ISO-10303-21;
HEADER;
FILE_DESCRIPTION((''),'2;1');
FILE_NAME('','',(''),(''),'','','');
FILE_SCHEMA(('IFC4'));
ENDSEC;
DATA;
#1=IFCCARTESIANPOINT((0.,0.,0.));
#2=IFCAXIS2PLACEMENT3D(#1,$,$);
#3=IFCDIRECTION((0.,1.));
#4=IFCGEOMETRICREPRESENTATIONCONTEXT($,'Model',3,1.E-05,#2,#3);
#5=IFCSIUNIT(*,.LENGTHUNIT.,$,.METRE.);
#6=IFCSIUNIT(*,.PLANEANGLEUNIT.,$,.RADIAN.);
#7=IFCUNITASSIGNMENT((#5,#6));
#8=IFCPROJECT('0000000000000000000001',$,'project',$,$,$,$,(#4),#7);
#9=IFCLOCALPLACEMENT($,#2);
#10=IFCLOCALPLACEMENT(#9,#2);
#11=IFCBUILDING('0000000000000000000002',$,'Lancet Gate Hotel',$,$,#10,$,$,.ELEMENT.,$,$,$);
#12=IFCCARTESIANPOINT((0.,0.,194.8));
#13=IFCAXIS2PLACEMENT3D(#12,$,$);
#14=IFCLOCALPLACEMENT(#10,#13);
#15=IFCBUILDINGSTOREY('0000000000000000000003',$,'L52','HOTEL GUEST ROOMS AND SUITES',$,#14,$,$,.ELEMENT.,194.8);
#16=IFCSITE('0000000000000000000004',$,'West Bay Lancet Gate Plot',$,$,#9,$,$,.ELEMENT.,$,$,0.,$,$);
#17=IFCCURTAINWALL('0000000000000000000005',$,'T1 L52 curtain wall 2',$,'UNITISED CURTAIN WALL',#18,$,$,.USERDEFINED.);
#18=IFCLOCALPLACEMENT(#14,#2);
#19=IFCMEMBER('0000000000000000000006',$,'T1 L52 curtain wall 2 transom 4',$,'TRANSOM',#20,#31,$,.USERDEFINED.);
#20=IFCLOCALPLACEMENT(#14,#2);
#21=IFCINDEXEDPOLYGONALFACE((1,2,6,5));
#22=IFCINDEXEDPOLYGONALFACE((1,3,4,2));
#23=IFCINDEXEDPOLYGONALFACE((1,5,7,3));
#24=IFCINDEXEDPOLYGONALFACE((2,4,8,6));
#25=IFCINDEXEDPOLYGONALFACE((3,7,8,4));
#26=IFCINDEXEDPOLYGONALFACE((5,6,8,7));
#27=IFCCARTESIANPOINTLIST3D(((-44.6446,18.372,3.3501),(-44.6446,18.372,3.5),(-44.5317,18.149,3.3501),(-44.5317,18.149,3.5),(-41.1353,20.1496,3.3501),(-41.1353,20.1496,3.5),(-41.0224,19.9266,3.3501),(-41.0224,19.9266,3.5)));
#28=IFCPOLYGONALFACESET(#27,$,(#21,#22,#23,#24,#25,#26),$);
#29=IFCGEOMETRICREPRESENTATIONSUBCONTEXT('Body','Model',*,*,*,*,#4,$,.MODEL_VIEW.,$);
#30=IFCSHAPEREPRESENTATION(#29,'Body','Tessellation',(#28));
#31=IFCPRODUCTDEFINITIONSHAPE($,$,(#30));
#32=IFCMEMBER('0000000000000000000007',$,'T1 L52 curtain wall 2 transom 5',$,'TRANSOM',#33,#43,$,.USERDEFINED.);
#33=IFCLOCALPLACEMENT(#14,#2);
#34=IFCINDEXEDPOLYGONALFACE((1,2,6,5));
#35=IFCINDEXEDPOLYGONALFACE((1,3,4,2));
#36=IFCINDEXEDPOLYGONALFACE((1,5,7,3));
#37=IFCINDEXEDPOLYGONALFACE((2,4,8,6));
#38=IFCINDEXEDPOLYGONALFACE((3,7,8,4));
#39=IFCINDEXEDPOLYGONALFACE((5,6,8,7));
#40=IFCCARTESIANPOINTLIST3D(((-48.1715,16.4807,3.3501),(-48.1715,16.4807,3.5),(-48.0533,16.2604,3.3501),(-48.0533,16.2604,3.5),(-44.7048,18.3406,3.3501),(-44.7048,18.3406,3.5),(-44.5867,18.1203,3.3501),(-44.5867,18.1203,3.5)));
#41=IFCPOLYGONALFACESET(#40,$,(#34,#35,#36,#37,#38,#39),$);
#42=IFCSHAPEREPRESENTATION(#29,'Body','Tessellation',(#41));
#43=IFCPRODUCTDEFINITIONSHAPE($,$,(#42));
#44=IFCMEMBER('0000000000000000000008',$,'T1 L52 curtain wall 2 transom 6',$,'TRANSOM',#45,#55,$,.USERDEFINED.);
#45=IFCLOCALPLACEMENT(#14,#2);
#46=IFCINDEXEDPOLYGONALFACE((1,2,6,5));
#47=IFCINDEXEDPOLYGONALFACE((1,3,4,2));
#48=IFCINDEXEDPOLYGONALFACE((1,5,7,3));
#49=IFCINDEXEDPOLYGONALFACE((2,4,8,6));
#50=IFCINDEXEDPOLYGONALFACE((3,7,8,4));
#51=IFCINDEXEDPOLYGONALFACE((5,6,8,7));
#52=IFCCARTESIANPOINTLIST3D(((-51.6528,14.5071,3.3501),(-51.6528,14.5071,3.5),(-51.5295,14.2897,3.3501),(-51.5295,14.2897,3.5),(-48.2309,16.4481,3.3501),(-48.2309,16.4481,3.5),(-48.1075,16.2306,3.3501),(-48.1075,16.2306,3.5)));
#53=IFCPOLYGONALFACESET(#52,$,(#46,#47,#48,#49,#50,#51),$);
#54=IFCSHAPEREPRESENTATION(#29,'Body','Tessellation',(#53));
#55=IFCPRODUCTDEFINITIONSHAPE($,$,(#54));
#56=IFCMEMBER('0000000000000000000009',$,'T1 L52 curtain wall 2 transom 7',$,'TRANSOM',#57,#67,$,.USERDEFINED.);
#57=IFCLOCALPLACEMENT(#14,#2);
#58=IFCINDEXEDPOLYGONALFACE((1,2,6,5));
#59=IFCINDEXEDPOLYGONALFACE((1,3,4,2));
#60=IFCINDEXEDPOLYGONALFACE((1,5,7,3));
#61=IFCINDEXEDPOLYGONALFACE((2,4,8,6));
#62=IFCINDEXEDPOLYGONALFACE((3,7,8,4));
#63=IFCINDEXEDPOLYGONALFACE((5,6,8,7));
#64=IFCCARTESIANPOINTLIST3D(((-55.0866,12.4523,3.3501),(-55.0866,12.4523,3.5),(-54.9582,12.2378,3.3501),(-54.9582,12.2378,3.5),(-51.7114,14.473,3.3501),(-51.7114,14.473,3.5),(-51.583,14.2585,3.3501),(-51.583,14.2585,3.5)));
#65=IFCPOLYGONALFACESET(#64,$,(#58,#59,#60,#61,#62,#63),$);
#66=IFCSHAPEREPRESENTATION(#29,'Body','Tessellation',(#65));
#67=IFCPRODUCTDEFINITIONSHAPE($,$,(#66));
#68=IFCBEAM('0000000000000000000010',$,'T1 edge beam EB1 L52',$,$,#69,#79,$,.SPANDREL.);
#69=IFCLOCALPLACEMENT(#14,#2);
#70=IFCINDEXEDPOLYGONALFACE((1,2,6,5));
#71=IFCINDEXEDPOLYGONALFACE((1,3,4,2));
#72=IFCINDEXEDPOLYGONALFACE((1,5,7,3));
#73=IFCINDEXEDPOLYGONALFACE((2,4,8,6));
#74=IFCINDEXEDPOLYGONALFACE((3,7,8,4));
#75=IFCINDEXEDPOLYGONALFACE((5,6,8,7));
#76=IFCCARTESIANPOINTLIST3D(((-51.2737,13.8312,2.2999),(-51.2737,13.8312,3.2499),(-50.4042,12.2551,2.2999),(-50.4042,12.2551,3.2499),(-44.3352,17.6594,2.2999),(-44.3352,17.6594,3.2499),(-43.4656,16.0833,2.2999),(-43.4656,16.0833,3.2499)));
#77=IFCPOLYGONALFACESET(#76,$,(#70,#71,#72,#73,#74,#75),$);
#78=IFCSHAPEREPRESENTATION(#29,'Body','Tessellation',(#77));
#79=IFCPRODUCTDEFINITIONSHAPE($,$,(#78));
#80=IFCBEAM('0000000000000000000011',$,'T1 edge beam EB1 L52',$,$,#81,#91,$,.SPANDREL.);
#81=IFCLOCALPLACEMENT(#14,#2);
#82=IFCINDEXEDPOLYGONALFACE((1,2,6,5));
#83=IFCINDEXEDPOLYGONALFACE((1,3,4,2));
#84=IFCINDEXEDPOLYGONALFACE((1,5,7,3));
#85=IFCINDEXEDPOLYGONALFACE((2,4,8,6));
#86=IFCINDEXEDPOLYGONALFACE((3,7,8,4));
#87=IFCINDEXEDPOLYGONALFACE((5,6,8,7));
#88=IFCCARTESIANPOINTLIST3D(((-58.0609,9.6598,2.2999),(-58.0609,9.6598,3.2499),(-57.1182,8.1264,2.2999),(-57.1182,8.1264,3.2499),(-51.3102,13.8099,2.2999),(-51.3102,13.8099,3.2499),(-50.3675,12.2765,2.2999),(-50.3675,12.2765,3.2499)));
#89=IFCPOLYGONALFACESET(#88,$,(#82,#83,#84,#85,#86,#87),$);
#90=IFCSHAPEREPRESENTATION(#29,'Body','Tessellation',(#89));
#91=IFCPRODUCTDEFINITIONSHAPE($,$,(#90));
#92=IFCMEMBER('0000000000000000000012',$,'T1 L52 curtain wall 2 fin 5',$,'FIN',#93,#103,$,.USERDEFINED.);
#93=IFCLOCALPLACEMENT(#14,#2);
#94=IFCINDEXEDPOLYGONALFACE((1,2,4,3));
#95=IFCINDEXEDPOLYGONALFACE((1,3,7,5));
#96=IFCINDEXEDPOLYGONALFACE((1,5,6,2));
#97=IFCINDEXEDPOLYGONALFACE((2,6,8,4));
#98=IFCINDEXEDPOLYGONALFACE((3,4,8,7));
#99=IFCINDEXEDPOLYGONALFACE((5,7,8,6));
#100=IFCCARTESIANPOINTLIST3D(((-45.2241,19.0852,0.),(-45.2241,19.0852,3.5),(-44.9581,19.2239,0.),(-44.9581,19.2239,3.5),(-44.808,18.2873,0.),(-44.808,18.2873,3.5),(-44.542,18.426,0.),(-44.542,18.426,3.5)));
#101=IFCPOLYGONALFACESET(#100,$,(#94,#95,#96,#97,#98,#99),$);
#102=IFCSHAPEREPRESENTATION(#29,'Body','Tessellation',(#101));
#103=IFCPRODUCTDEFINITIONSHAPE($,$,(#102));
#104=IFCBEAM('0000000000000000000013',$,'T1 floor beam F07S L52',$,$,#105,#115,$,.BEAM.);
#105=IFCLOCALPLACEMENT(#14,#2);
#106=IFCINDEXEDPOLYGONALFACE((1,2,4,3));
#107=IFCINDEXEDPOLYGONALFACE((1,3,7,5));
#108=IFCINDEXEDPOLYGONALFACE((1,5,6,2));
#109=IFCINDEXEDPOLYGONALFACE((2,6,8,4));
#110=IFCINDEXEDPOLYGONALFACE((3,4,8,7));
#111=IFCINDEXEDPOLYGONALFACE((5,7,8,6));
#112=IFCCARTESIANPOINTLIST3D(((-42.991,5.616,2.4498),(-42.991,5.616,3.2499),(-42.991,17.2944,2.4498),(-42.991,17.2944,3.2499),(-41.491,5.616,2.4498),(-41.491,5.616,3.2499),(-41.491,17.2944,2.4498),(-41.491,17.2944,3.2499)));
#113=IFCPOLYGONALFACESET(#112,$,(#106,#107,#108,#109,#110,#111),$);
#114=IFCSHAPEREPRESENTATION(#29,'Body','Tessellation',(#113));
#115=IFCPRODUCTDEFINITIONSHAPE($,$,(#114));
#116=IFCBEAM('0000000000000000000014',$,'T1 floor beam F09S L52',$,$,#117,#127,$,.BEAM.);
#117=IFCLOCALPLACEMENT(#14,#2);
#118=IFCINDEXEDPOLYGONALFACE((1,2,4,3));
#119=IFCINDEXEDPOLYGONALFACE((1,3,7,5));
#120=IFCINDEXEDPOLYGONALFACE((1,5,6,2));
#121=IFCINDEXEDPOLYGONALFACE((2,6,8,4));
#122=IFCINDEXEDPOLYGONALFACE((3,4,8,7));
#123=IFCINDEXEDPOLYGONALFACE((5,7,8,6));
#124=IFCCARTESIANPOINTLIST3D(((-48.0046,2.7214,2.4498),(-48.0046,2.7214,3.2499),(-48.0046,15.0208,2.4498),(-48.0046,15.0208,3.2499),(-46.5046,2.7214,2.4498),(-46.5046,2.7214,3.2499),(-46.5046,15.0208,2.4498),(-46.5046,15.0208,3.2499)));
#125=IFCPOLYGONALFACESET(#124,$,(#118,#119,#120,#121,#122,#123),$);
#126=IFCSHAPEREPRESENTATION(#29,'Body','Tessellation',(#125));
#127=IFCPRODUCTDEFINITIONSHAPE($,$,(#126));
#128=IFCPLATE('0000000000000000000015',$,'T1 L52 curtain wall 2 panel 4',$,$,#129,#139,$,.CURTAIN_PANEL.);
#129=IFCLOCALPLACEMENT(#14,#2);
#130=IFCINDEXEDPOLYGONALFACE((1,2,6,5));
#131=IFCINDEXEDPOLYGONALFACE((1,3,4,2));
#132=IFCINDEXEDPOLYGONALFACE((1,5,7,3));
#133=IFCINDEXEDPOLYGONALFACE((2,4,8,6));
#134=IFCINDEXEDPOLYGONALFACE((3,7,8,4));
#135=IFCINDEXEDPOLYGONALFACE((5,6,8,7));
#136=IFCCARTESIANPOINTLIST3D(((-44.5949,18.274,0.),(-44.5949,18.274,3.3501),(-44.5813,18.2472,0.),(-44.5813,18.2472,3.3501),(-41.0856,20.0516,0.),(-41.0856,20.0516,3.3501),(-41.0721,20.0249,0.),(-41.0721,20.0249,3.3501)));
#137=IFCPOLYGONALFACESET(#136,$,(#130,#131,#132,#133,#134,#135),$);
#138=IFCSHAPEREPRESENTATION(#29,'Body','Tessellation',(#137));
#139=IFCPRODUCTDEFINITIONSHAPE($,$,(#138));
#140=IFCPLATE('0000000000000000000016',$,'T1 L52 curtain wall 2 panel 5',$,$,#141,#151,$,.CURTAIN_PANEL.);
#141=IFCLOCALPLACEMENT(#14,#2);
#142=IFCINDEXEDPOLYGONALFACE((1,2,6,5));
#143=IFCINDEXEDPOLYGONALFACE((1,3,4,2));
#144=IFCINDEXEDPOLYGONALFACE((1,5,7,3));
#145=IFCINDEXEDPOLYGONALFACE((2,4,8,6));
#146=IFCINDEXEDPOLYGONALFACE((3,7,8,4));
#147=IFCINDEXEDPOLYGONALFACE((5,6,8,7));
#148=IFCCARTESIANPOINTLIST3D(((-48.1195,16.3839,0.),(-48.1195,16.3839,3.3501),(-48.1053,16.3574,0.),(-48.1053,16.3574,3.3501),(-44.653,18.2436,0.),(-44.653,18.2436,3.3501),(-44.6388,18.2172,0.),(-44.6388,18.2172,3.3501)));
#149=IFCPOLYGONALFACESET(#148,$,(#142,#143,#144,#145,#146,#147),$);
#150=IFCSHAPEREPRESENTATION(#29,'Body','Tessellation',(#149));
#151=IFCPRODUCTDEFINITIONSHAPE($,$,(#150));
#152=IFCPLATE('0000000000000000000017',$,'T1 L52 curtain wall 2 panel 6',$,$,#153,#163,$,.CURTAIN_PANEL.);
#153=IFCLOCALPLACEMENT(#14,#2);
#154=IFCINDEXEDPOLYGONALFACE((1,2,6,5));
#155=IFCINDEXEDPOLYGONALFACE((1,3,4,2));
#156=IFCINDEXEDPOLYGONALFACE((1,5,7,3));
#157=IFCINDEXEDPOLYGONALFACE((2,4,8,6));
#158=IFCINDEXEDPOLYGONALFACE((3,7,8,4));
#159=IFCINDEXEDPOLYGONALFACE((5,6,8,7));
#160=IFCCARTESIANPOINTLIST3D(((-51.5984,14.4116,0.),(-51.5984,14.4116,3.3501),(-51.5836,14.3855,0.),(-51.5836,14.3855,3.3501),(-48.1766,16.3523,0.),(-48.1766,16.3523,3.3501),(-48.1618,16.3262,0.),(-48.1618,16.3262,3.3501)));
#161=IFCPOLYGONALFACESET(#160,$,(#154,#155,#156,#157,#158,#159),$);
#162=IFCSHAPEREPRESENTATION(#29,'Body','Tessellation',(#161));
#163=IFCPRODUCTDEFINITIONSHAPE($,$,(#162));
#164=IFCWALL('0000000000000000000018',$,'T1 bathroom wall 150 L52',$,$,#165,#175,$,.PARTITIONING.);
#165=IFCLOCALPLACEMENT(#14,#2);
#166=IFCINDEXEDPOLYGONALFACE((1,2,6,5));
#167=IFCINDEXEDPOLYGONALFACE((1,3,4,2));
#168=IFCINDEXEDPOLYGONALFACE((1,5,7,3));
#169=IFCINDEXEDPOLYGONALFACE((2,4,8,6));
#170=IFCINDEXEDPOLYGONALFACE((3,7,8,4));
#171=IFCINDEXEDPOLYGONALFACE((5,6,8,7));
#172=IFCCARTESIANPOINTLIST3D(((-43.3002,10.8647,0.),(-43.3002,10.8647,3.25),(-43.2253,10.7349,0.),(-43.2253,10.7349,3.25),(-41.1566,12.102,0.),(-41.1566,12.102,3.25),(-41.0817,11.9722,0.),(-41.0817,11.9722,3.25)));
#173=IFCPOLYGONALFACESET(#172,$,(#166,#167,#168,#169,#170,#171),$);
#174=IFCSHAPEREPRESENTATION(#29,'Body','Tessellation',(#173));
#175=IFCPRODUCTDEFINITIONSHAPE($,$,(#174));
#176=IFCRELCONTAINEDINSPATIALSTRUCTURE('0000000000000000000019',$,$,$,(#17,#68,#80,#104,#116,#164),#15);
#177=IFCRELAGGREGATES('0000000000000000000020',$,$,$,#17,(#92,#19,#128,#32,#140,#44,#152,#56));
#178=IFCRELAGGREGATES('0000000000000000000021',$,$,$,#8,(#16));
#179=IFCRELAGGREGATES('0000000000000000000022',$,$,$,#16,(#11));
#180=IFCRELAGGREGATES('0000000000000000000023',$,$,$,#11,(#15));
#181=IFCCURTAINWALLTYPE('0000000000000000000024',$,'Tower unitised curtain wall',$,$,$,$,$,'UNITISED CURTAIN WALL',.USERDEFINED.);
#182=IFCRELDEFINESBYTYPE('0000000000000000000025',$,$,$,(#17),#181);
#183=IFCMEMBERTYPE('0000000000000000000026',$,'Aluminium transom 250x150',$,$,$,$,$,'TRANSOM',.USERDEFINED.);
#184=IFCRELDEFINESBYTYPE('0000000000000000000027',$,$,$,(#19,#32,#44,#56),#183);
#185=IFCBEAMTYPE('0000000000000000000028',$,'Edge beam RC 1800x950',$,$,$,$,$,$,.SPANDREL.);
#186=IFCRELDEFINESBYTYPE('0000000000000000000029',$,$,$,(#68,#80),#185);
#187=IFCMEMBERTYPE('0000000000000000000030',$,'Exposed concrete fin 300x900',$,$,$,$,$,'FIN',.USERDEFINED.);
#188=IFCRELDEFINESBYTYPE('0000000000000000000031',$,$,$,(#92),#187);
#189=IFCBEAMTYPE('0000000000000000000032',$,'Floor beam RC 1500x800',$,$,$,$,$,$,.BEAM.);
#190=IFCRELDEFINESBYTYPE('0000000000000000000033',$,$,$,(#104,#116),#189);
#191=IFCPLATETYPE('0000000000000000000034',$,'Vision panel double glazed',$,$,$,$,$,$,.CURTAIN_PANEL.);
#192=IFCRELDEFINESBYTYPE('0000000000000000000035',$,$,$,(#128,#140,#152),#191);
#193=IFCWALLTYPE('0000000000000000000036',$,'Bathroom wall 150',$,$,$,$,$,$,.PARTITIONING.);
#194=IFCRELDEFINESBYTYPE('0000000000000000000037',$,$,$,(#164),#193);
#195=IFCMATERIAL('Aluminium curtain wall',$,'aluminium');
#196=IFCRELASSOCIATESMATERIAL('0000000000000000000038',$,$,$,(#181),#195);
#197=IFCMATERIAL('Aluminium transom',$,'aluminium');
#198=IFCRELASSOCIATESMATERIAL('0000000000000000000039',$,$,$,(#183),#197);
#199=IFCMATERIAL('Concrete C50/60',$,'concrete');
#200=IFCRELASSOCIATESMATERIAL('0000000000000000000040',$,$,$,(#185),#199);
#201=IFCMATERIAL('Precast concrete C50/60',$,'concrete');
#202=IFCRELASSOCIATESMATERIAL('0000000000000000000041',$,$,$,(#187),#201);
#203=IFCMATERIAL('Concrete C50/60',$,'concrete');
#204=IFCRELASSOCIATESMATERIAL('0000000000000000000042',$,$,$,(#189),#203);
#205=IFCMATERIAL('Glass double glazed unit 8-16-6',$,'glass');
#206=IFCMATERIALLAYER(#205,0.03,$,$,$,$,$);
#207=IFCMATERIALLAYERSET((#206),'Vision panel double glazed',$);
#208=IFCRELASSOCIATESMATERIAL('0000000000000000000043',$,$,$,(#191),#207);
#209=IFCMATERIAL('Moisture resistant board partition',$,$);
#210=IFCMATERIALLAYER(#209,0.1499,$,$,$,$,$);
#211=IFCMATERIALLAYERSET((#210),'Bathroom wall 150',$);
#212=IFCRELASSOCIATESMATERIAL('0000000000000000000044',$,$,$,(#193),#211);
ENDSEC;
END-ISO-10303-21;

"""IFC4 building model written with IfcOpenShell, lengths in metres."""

from ifc_helpers import new_model, si_unit, direction, frame, frame_2d, origin, origin_2d, place, context, subcontext, project, spatial, rectangle, extrude, material, layer, layer_set, material_profile, profile_set, type_object, element, aggregate, save


model = new_model("IFC4")

# Units and contexts
model_context = context("Model", 3, precision=1e-05, world=origin(), true_north=direction((0.0, 1.0)))
body_context = subcontext(model_context, "Body", "Model", "MODEL_VIEW")
ifc_project = project(units=[si_unit("LENGTHUNIT", "METRE"), si_unit("PLANEANGLEUNIT", "RADIAN")], contexts=[model_context])

# Site, building, storey
site_placement = place(None, origin())
site = spatial("IfcSite", under=ifc_project, at=site_placement, Name="West Bay Lancet Gate Plot", CompositionType="ELEMENT", RefElevation=0.0)
building_placement = place(site_placement, origin())
building = spatial("IfcBuilding", under=site, at=building_placement, Name="Lancet Gate Hotel", CompositionType="ELEMENT")
storey_placement = place(building_placement, frame((0.0, 0.0, 194.8)))
storey = spatial("IfcBuildingStorey", under=building, at=storey_placement, Name="L52", Description="HOTEL GUEST ROOMS AND SUITES", CompositionType="ELEMENT", Elevation=194.8)

# Curtain wall, members
ifc_material_1 = material(Name="Aluminium curtain wall", Category="aluminium")
curtain_wall_type = type_object("IfcCurtainWallType", Name="Tower unitised curtain wall", ElementType="UNITISED CURTAIN WALL", PredefinedType="USERDEFINED", material=ifc_material_1)
curtain_wall_placement = place(storey_placement, origin())
curtain_wall = element("IfcCurtainWall", 1, at=curtain_wall_placement, inside=storey, type_object=curtain_wall_type, Name="T1 L52 curtain wall 2", ObjectType="UNITISED CURTAIN WALL", PredefinedType="USERDEFINED")
ifc_material_2 = material(Name="Aluminium transom", Category="aluminium")
ifc_material_profile_1 = material_profile(ifc_material_2, rectangle(XDim=0.25, YDim=0.1499, at=origin_2d()), Name="TRANSOM 250x150")
ifc_profile_set_1 = profile_set([ifc_material_profile_1], Name="Aluminium transom")
member_type_1 = type_object("IfcMemberType", Name="Aluminium transom 250x150", ElementType="TRANSOM", PredefinedType="USERDEFINED", material=ifc_profile_set_1)
member_1_placement = place(storey_placement, frame((-41.0789, 20.0381, 3.425), z_axis=(-0.892081, -0.451875, 0.0), x_axis=(0.451875, -0.892081, 0.0)))
member_1 = element("IfcMember", 2, at=member_1_placement, type_object=member_type_1, Name="T1 L52 curtain wall 2 transom 4", ObjectType="TRANSOM", PredefinedType="USERDEFINED", context=body_context, shape_type="SweptSolid", body=[
    extrude(rectangle(XDim=0.25, YDim=0.1499, at=origin_2d()), origin(), (0.0, 0.0, 1.0), 3.9338),
])
member_2_placement = place(storey_placement, frame((-44.6458, 18.2305, 3.425), z_axis=(-0.881185, -0.472771, 0.0), x_axis=(0.472771, -0.881185, 0.0)))
member_2 = element("IfcMember", 3, at=member_2_placement, type_object=member_type_1, Name="T1 L52 curtain wall 2 transom 5", ObjectType="TRANSOM", PredefinedType="USERDEFINED", context=body_context, shape_type="SweptSolid", body=[
    extrude(rectangle(XDim=0.25, YDim=0.1499, at=origin_2d()), origin(), (0.0, 0.0, 1.0), 3.9341),
])
member_3_placement = place(storey_placement, frame((-48.1692, 16.3394, 3.425), z_axis=(-0.86982, -0.49337, 0.0), x_axis=(0.49337, -0.86982, 0.0)))
member_3 = element("IfcMember", 4, at=member_3_placement, type_object=member_type_1, Name="T1 L52 curtain wall 2 transom 6", ObjectType="TRANSOM", PredefinedType="USERDEFINED", context=body_context, shape_type="SweptSolid", body=[
    extrude(rectangle(XDim=0.25, YDim=0.1499, at=origin_2d()), origin(), (0.0, 0.0, 1.0), 3.9341),
])
member_4_placement = place(storey_placement, frame((-51.6472, 14.3657, 3.425), z_axis=(-0.857985, -0.513674, 0.0), x_axis=(0.513674, -0.857985, 0.0)))
member_4 = element("IfcMember", 5, at=member_4_placement, type_object=member_type_1, Name="T1 L52 curtain wall 2 transom 7", ObjectType="TRANSOM", PredefinedType="USERDEFINED", context=body_context, shape_type="SweptSolid", body=[
    extrude(rectangle(XDim=0.25, YDim=0.1499, at=origin_2d()), origin(), (0.0, 0.0, 1.0), 3.9338),
])

# Beams
ifc_material_3 = material(Name="Concrete C50/60", Category="concrete")
ifc_material_profile_2 = material_profile(ifc_material_3, rectangle(XDim=1.8, YDim=0.95, at=origin_2d()), Name="RC 1800x950")
ifc_profile_set_2 = profile_set([ifc_material_profile_2], Name="Concrete C50/60")
beam_type_1 = type_object("IfcBeamType", Name="Edge beam RC 1800x950", PredefinedType="SPANDREL", material=ifc_profile_set_2)
beam_1_placement = place(storey_placement, frame((-43.9004, 16.8713, 2.7749), z_axis=(-0.875578, -0.483077, 0.0), x_axis=(0.483077, -0.875578, 0.0)))
element("IfcBeam", 6, at=beam_1_placement, inside=storey, type_object=beam_type_1, Name="T1 edge beam EB1 L52", PredefinedType="SPANDREL", context=body_context, shape_type="SweptSolid", body=[
    extrude(rectangle(XDim=1.8, YDim=0.95, at=origin_2d()), origin(), (0.0, 0.0, 1.0), 7.9246),
])
beam_2_placement = place(storey_placement, frame((-50.8389, 13.0432, 2.7749), z_axis=(-0.851892, -0.523717, 0.0), x_axis=(0.523717, -0.851892, 0.0)))
element("IfcBeam", 7, at=beam_2_placement, inside=storey, type_object=beam_type_1, Name="T1 edge beam EB1 L52", PredefinedType="SPANDREL", context=body_context, shape_type="SweptSolid", body=[
    extrude(rectangle(XDim=1.8, YDim=0.95, at=origin_2d()), origin(), (0.0, 0.0, 1.0), 7.9243),
])

# Member
ifc_material_4 = material(Name="Precast concrete C50/60", Category="concrete")
ifc_material_profile_3 = material_profile(ifc_material_4, rectangle(XDim=0.3, YDim=0.8999, at=origin_2d()), Name="FIN 300x900")
ifc_profile_set_3 = profile_set([ifc_material_profile_3], Name="Precast concrete C50/60")
member_type_2 = type_object("IfcMemberType", Name="Exposed concrete fin 300x900", ElementType="FIN", PredefinedType="USERDEFINED", material=ifc_profile_set_3)
member_5_placement = place(storey_placement, frame((-44.8831, 18.7556, 0.0), z_axis=(0.0, 0.0, 1.0), x_axis=(-0.886694, -0.462356, 0.0)))
member_5 = element("IfcMember", 8, at=member_5_placement, type_object=member_type_2, Name="T1 L52 curtain wall 2 fin 5", ObjectType="FIN", PredefinedType="USERDEFINED", context=body_context, shape_type="SweptSolid", body=[
    extrude(rectangle(XDim=0.3, YDim=0.8999, at=origin_2d()), origin(), (0.0, 0.0, 1.0), 3.5),
])

# Beams
ifc_material_5 = material(Name="Concrete C50/60", Category="concrete")
ifc_material_profile_4 = material_profile(ifc_material_5, rectangle(XDim=1.5, YDim=0.8, at=origin_2d()), Name="RC 1500x800")
ifc_profile_set_4 = profile_set([ifc_material_profile_4], Name="Concrete C50/60")
beam_type_2 = type_object("IfcBeamType", Name="Floor beam RC 1500x800", PredefinedType="BEAM", material=ifc_profile_set_4)
beam_3_placement = place(storey_placement, frame((-42.241, 17.2944, 2.8499), z_axis=(0.0, -1.0, 0.0), x_axis=(1.0, 0.0, 0.0)))
element("IfcBeam", 9, at=beam_3_placement, inside=storey, type_object=beam_type_2, Name="T1 floor beam F07S L52", PredefinedType="BEAM", context=body_context, shape_type="SweptSolid", body=[
    extrude(rectangle(XDim=1.5, YDim=0.8, at=origin_2d()), origin(), (0.0, 0.0, 1.0), 11.6785),
])
beam_4_placement = place(storey_placement, frame((-47.2546, 15.0208, 2.8499), z_axis=(0.0, -1.0, 0.0), x_axis=(1.0, 0.0, 0.0)))
element("IfcBeam", 10, at=beam_4_placement, inside=storey, type_object=beam_type_2, Name="T1 floor beam F09S L52", PredefinedType="BEAM", context=body_context, shape_type="SweptSolid", body=[
    extrude(rectangle(XDim=1.5, YDim=0.8, at=origin_2d()), origin(), (0.0, 0.0, 1.0), 12.2993),
])

# Plates
ifc_material_6 = material(Name="Glass double glazed unit 8-16-6", Category="glass")
ifc_layer_1 = layer(ifc_material_6, 0.03)
ifc_layer_set_1 = layer_set([ifc_layer_1], Name="Vision panel double glazed")
plate_type = type_object("IfcPlateType", Name="Vision panel double glazed", PredefinedType="CURTAIN_PANEL", material=ifc_layer_set_1)
plate_1_placement = place(storey_placement, frame((-42.8335, 19.1494, 0.0), z_axis=(0.0, 0.0, 1.0), x_axis=(-0.892071, -0.451895, 0.0)))
plate_1 = element("IfcPlate", 11, at=plate_1_placement, type_object=plate_type, Name="T1 L52 curtain wall 2 panel 4", PredefinedType="CURTAIN_PANEL", context=body_context, shape_type="SweptSolid", body=[
    extrude(rectangle(XDim=3.9338, YDim=0.03, at=origin_2d()), origin(), (0.0, 0.0, 1.0), 3.3501),
])
plate_2_placement = place(storey_placement, frame((-46.3792, 17.3005, 0.0), z_axis=(0.0, 0.0, 1.0), x_axis=(-0.881195, -0.472753, 0.0)))
plate_2 = element("IfcPlate", 12, at=plate_2_placement, type_object=plate_type, Name="T1 L52 curtain wall 2 panel 5", PredefinedType="CURTAIN_PANEL", context=body_context, shape_type="SweptSolid", body=[
    extrude(rectangle(XDim=3.9338, YDim=0.03, at=origin_2d()), origin(), (0.0, 0.0, 1.0), 3.3501),
])
plate_3_placement = place(storey_placement, frame((-49.8801, 15.3689, 0.0), z_axis=(0.0, 0.0, 1.0), x_axis=(-0.869831, -0.493349, 0.0)))
plate_3 = element("IfcPlate", 13, at=plate_3_placement, type_object=plate_type, Name="T1 L52 curtain wall 2 panel 6", PredefinedType="CURTAIN_PANEL", context=body_context, shape_type="SweptSolid", body=[
    extrude(rectangle(XDim=3.9338, YDim=0.03, at=origin_2d()), origin(), (0.0, 0.0, 1.0), 3.3501),
])
aggregate(curtain_wall, [member_5, member_1, plate_1, member_2, plate_2, member_3, plate_3, member_4])

# Wall
ifc_material_7 = material(Name="Moisture resistant board partition")
ifc_layer_2 = layer(ifc_material_7, 0.1499)
ifc_layer_set_2 = layer_set([ifc_layer_2], Name="Bathroom wall 150")
wall_type_1 = type_object("IfcWallType", Name="Bathroom wall 150", PredefinedType="PARTITIONING", material=ifc_layer_set_2)
wall_1_placement = place(storey_placement, frame((-41.1191, 12.0371, 0.0), z_axis=(0.0, 0.0, 1.0), x_axis=(-0.866074, -0.499916, 0.0)))
element("IfcWall", 14, at=wall_1_placement, inside=storey, type_object=wall_type_1, Name="T1 bathroom wall 150 L52", PredefinedType="PARTITIONING", context=body_context, shape_type="SweptSolid", body=[
    extrude(rectangle(XDim=2.4751, YDim=0.1499, at=frame_2d((1.2375, 0.0))), origin(), (0.0, 0.0, 1.0), 3.25),
])

save(model, "model.ifc")
